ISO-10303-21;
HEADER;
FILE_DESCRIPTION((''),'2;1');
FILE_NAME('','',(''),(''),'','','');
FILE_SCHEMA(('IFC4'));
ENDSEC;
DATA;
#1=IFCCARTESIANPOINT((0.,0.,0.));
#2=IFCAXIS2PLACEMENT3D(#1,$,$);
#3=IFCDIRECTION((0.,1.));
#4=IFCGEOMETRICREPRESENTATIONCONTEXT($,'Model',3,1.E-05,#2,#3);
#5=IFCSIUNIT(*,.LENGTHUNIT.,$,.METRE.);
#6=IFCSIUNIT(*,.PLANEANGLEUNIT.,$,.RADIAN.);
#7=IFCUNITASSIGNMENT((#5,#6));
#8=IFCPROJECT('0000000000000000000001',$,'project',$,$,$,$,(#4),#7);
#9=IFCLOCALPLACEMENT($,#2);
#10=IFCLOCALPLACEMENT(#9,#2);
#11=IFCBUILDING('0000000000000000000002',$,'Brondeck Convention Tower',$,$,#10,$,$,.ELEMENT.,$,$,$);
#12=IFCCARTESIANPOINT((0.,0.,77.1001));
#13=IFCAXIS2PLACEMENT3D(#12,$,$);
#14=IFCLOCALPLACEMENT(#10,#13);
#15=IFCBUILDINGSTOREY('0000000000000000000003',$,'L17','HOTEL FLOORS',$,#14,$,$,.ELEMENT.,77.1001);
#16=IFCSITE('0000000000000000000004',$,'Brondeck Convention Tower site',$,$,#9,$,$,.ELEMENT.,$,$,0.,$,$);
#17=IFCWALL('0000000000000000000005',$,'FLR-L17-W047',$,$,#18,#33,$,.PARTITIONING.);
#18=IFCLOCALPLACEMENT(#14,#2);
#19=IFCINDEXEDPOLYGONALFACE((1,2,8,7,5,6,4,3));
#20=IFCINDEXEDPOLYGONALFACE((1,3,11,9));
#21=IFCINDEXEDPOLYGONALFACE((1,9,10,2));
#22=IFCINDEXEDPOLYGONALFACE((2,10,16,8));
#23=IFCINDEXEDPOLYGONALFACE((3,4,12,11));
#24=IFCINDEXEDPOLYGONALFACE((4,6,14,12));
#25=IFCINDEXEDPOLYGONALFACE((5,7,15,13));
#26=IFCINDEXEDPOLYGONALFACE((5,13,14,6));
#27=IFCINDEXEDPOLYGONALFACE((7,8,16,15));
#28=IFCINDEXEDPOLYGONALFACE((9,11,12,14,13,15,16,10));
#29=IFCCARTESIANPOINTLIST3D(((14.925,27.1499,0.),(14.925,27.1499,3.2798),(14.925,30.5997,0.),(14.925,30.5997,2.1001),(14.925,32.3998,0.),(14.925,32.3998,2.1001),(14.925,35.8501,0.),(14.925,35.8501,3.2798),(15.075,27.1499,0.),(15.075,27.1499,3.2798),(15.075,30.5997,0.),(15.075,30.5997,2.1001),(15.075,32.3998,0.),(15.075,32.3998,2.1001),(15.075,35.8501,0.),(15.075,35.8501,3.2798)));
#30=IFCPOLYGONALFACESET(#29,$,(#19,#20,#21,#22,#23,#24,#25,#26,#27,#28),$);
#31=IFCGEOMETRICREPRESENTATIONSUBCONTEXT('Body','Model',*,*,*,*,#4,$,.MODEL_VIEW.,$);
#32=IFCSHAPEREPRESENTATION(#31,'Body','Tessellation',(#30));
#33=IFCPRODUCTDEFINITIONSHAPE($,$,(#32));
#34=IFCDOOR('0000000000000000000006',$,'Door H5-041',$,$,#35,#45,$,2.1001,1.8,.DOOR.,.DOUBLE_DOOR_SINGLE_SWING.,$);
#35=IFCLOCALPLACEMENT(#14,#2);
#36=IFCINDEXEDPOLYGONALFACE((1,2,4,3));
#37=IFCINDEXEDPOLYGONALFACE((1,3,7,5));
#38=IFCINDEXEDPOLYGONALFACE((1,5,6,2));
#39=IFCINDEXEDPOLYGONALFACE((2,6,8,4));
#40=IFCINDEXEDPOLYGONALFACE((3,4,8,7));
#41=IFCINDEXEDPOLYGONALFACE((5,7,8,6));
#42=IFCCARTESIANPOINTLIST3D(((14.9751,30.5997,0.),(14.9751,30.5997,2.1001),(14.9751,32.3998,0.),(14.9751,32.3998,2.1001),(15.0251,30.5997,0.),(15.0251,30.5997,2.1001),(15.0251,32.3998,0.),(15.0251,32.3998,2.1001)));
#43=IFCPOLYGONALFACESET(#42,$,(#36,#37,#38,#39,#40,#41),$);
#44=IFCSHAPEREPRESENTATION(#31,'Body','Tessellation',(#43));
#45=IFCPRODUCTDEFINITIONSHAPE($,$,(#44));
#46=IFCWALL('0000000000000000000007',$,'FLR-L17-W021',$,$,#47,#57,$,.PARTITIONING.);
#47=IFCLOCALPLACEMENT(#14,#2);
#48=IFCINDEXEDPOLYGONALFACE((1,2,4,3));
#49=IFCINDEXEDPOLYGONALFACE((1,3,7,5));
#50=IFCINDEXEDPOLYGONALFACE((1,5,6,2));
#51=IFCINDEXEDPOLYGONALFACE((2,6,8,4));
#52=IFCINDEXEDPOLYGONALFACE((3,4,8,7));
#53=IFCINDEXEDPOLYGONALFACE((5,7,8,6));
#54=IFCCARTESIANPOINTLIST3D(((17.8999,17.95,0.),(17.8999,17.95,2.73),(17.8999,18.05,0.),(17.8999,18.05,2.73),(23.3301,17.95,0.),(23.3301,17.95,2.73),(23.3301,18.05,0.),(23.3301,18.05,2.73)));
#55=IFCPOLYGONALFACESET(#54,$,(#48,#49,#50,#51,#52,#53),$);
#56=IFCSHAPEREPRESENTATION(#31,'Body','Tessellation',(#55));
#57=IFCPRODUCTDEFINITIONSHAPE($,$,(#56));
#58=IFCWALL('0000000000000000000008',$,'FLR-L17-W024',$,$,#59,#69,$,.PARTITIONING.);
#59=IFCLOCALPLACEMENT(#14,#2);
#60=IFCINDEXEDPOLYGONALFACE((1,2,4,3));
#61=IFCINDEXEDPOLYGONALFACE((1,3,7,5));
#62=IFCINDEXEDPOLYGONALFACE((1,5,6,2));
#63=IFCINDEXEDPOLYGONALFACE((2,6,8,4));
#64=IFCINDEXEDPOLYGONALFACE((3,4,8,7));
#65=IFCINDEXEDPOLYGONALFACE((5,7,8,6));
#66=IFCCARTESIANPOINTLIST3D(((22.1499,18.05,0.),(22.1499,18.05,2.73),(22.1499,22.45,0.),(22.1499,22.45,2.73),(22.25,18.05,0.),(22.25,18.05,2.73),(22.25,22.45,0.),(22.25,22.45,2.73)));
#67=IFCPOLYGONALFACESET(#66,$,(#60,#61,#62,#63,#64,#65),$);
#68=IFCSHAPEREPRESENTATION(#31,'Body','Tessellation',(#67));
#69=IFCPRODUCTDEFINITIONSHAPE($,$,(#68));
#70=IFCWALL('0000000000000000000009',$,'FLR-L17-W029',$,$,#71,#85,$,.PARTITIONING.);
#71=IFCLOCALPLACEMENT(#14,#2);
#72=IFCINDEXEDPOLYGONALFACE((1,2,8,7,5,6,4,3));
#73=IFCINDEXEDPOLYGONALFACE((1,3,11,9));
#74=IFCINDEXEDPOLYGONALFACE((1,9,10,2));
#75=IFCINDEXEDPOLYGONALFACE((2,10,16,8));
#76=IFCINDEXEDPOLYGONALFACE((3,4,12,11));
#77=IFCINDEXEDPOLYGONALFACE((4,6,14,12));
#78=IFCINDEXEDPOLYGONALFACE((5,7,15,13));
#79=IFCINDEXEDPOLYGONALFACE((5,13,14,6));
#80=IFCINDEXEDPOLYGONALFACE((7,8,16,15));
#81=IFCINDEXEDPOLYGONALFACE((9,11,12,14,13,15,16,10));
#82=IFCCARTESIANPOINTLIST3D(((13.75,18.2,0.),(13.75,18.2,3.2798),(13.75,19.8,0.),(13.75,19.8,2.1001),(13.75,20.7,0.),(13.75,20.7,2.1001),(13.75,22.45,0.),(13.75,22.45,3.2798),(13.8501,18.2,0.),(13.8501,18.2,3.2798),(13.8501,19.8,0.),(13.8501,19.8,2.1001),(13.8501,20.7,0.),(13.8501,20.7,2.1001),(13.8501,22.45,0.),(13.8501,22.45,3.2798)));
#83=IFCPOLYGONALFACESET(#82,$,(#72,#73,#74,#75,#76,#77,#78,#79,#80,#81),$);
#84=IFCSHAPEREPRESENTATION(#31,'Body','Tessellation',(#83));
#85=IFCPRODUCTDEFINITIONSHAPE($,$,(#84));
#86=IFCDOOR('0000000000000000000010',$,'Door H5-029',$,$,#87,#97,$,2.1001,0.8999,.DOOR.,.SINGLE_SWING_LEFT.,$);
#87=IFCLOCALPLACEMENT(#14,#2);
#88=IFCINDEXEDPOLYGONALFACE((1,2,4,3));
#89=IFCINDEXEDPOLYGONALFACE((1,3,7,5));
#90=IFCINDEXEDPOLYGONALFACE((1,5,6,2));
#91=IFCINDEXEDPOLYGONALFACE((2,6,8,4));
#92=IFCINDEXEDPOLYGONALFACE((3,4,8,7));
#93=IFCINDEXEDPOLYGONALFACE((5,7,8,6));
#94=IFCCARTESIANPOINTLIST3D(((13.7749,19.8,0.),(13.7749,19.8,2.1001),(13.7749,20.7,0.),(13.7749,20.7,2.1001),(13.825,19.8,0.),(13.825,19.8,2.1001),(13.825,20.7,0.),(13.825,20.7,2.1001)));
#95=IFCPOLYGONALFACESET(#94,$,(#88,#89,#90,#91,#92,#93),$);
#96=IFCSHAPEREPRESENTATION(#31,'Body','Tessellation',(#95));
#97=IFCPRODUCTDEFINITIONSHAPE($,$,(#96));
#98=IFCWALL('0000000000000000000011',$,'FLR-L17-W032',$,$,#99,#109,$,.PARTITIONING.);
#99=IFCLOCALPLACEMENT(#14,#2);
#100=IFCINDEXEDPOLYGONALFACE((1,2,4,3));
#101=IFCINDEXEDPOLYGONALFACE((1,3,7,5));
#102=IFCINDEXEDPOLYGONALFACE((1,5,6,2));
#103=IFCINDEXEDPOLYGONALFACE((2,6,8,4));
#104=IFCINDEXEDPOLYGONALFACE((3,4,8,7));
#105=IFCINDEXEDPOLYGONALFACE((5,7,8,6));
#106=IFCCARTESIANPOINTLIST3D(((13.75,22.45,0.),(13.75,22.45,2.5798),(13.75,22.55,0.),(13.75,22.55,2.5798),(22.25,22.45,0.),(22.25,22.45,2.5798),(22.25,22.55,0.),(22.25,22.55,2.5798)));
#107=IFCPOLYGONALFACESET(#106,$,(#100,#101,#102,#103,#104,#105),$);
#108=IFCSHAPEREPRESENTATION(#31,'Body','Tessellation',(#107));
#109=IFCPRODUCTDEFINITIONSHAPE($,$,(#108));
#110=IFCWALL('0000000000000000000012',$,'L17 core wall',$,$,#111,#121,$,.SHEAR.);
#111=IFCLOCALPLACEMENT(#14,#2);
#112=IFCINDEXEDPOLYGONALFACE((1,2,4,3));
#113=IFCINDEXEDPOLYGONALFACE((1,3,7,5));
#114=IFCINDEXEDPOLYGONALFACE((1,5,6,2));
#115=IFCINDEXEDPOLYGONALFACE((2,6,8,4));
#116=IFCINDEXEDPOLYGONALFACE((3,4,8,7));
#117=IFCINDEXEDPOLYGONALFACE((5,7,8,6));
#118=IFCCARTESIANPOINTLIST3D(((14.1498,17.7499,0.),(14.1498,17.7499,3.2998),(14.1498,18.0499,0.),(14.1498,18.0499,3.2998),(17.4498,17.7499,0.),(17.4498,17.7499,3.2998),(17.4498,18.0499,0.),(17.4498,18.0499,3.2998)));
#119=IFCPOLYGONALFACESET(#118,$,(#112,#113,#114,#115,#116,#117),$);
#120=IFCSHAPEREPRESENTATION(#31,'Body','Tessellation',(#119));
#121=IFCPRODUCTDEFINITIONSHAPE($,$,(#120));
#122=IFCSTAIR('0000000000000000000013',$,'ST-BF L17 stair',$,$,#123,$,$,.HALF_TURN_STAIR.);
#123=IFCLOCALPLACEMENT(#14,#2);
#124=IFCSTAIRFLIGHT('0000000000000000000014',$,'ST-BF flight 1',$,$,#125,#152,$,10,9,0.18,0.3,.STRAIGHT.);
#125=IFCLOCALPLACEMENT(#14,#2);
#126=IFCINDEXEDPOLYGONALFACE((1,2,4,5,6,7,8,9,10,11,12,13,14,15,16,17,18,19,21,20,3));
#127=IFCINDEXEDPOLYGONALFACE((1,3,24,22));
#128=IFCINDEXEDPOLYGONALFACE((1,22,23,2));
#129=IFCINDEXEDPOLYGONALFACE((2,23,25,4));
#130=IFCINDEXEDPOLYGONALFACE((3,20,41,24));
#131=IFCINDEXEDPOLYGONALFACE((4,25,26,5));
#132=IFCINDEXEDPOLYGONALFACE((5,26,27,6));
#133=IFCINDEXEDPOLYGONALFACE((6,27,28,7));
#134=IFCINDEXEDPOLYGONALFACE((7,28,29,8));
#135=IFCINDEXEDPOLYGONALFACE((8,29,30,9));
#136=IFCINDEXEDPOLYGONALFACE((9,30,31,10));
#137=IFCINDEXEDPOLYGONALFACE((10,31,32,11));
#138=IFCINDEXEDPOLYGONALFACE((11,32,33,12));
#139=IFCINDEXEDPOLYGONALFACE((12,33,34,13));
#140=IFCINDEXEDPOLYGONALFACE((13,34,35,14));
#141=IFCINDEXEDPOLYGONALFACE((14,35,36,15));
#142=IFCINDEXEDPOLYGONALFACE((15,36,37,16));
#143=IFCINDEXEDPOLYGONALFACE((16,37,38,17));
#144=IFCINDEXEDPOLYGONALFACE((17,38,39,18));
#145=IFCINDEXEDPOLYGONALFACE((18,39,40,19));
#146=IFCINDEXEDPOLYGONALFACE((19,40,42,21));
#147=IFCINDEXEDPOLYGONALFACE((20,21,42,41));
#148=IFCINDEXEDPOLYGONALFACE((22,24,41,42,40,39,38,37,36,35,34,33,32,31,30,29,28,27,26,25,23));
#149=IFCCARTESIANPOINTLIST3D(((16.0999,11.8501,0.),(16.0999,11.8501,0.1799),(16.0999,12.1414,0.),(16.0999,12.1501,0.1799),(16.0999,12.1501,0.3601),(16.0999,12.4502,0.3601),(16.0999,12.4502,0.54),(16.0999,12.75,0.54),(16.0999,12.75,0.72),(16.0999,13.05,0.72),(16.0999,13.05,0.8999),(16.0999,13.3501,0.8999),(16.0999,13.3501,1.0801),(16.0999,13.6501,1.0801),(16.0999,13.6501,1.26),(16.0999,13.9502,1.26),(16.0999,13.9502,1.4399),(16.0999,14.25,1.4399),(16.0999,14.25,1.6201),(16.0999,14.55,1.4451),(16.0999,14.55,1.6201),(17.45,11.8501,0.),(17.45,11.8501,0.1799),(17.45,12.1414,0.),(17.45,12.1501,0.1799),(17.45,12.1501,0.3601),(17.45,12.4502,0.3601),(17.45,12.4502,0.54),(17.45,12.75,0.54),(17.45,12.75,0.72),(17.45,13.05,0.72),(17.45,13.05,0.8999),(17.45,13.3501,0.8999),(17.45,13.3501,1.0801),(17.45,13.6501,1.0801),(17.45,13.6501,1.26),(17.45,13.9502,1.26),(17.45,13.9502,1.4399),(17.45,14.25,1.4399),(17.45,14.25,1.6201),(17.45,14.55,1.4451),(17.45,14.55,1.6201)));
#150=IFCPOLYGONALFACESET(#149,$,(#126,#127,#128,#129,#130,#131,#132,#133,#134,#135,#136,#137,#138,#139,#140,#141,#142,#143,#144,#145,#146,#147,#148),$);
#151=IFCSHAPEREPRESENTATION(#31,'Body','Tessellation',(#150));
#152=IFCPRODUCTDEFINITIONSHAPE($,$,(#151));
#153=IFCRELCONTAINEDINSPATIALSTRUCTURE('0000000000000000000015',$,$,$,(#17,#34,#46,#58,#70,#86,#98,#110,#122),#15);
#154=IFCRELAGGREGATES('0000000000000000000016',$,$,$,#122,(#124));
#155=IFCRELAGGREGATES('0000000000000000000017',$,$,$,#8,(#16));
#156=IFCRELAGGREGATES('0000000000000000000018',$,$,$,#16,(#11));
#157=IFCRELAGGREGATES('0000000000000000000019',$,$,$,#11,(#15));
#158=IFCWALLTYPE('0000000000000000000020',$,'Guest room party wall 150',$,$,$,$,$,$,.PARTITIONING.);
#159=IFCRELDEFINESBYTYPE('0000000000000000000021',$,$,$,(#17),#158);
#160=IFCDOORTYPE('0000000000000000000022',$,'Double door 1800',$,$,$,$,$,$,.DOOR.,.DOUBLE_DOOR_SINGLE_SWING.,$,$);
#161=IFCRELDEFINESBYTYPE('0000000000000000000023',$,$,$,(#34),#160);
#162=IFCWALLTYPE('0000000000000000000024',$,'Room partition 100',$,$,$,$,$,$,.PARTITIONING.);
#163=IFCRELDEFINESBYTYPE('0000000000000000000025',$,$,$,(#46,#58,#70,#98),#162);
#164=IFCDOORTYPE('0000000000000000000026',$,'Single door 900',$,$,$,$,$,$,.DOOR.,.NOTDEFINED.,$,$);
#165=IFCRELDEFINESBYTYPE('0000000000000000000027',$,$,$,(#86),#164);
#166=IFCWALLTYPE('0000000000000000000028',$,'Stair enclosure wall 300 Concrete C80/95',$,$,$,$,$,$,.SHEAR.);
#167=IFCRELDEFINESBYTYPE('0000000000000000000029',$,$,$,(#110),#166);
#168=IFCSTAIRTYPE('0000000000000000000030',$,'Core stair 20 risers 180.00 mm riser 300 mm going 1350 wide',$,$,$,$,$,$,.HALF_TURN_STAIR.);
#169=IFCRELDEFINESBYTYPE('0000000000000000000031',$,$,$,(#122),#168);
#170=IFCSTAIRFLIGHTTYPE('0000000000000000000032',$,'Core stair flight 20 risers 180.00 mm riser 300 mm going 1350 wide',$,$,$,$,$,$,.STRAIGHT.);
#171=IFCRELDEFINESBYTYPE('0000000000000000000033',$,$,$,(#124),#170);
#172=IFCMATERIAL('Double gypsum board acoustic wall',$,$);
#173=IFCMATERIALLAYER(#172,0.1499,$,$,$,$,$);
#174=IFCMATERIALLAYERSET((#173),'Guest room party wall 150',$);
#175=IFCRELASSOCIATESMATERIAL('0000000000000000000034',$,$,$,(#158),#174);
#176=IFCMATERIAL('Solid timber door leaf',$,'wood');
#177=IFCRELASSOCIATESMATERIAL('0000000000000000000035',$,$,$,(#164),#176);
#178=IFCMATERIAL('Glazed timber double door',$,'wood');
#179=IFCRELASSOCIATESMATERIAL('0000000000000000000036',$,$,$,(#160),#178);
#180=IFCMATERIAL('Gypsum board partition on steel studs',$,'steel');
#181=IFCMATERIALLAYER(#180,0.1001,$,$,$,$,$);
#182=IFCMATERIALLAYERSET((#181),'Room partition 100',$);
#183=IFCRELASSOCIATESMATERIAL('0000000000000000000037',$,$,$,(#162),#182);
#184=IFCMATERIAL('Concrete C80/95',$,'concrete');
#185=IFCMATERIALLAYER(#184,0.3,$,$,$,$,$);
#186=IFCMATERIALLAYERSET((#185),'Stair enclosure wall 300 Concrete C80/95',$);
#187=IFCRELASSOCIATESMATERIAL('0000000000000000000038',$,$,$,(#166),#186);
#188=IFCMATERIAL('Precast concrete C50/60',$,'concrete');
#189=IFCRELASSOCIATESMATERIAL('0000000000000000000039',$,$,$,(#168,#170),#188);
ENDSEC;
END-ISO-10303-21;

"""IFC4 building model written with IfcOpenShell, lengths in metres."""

from ifc_helpers import new_model, si_unit, direction, frame, frame_2d, origin, place, context, subcontext, project, spatial, polyline, rectangle, outline, extrude, material, layer, layer_set, type_object, element, fill, aggregate, save


model = new_model("IFC4")

# Units and contexts
model_context = context("Model", 3, precision=1e-05, world=origin(), true_north=direction((0.0, 1.0)))
body_context = subcontext(model_context, "Body", "Model", "MODEL_VIEW")
ifc_project = project(units=[si_unit("LENGTHUNIT", "METRE"), si_unit("PLANEANGLEUNIT", "RADIAN")], contexts=[model_context])

# Site, building, storey
site_placement = place(None, origin())
site = spatial("IfcSite", under=ifc_project, at=site_placement, Name="Brondeck Convention Tower site", CompositionType="ELEMENT", RefElevation=0.0)
building_placement = place(site_placement, origin())
building = spatial("IfcBuilding", under=site, at=building_placement, Name="Brondeck Convention Tower", CompositionType="ELEMENT")
storey_placement = place(building_placement, frame((0.0, 0.0, 77.1001)))
storey = spatial("IfcBuildingStorey", under=building, at=storey_placement, Name="L17", Description="HOTEL FLOORS", CompositionType="ELEMENT", Elevation=77.1001)

# Shared definitions
ifc_material_1 = material(Name="Concrete C80/95", Category="concrete")

# Shared definitions
ifc_material_2 = material(Name="Double gypsum board acoustic wall")
ifc_layer_1 = layer(ifc_material_2, 0.1499)
ifc_layer_set_1 = layer_set([ifc_layer_1], Name="Guest room party wall 150")
wall_type_1 = type_object("IfcWallType", Name="Guest room party wall 150", PredefinedType="PARTITIONING", material=ifc_layer_set_1)
ifc_material_3 = material(Name="Solid timber door leaf", Category="wood")
door_type_1 = type_object("IfcDoorType", Name="Single door 900", OperationType="NOTDEFINED", PredefinedType="DOOR", material=ifc_material_3)

# Wall, opening, door
wall_1_placement = place(storey_placement, frame((15.0, 27.1499, 0.0), z_axis=(0.0, 0.0, 1.0), x_axis=(0.0, 1.0, 0.0)))
wall_1 = element("IfcWall", 1, at=wall_1_placement, inside=storey, type_object=wall_type_1, Name="FLR-L17-W047", PredefinedType="PARTITIONING", context=body_context, shape_type="SweptSolid", body=[
    extrude(rectangle(XDim=8.7002, YDim=0.1499, at=frame_2d((4.3501, 0.0))), origin(), (0.0, 0.0, 1.0), 3.2798),
])
opening_1_placement = place(wall_1_placement, frame((3.45, 0.0, 0.0)))
opening_1 = element("IfcOpeningElement", 2, at=opening_1_placement, cuts=wall_1, PredefinedType="OPENING", context=body_context, shape_type="SweptSolid", body=[
    extrude(rectangle(XDim=1.8, YDim=2.1001, at=frame_2d((0.8999, 1.05))), frame((0.0, 0.085, 0.0), z_axis=(0.0, -1.0, 0.0), x_axis=(1.0, 0.0, 0.0)), (0.0, 0.0, 1.0), 0.1699),
])
ifc_material_4 = material(Name="Glazed timber double door", Category="wood")
door_type_2 = type_object("IfcDoorType", Name="Double door 1800", OperationType="DOUBLE_DOOR_SINGLE_SWING", PredefinedType="DOOR", material=ifc_material_4)
door_1_placement = place(opening_1_placement, origin())
door_1 = element("IfcDoor", 3, at=door_1_placement, inside=storey, type_object=door_type_2, Name="Door H5-041", OperationType="DOUBLE_DOOR_SINGLE_SWING", OverallHeight=2.1001, OverallWidth=1.8, PredefinedType="DOOR", context=body_context, shape_type="SweptSolid", body=[
    extrude(rectangle(XDim=1.8, YDim=2.1001, at=frame_2d((0.8999, 1.05))), frame((0.0, 0.0249, 0.0), z_axis=(0.0, -1.0, 0.0), x_axis=(1.0, 0.0, 0.0)), (0.0, 0.0, 1.0), 0.05),
])
fill(opening_1, door_1)

# Walls
ifc_material_5 = material(Name="Gypsum board partition on steel studs", Category="steel")
ifc_layer_2 = layer(ifc_material_5, 0.1001)
ifc_layer_set_2 = layer_set([ifc_layer_2], Name="Room partition 100")
wall_type_2 = type_object("IfcWallType", Name="Room partition 100", PredefinedType="PARTITIONING", material=ifc_layer_set_2)
wall_2_placement = place(storey_placement, frame((23.3301, 18.0, 0.0), z_axis=(0.0, 0.0, 1.0), x_axis=(-1.0, 0.0, 0.0)))
element("IfcWall", 4, at=wall_2_placement, inside=storey, type_object=wall_type_2, Name="FLR-L17-W021", PredefinedType="PARTITIONING", context=body_context, shape_type="SweptSolid", body=[
    extrude(rectangle(XDim=5.4302, YDim=0.1001, at=frame_2d((2.7151, 0.0))), origin(), (0.0, 0.0, 1.0), 2.73),
])
wall_3_placement = place(storey_placement, frame((22.2, 18.05, 0.0), z_axis=(0.0, 0.0, 1.0), x_axis=(0.0, 1.0, 0.0)))
element("IfcWall", 5, at=wall_3_placement, inside=storey, type_object=wall_type_2, Name="FLR-L17-W024", PredefinedType="PARTITIONING", context=body_context, shape_type="SweptSolid", body=[
    extrude(rectangle(XDim=4.3999, YDim=0.1001, at=frame_2d((2.2, 0.0))), origin(), (0.0, 0.0, 1.0), 2.73),
])

# Wall, opening, door
wall_4_placement = place(storey_placement, frame((13.8, 22.45, 0.0), z_axis=(0.0, 0.0, 1.0), x_axis=(0.0, -1.0, 0.0)))
wall_4 = element("IfcWall", 6, at=wall_4_placement, inside=storey, type_object=wall_type_2, Name="FLR-L17-W029", PredefinedType="PARTITIONING", context=body_context, shape_type="SweptSolid", body=[
    extrude(rectangle(XDim=4.25, YDim=0.1001, at=frame_2d((2.125, 0.0))), origin(), (0.0, 0.0, 1.0), 3.2798),
])
opening_2_placement = place(wall_4_placement, frame((1.75, 0.0, 0.0)))
opening_2 = element("IfcOpeningElement", 7, at=opening_2_placement, cuts=wall_4, PredefinedType="OPENING", context=body_context, shape_type="SweptSolid", body=[
    extrude(rectangle(XDim=0.8999, YDim=2.1001, at=frame_2d((0.45, 1.05))), frame((0.0, 0.0601, 0.0), z_axis=(0.0, -1.0, 0.0), x_axis=(1.0, 0.0, 0.0)), (0.0, 0.0, 1.0), 0.1201),
])
door_2_placement = place(opening_2_placement, origin())
door_2 = element("IfcDoor", 8, at=door_2_placement, inside=storey, type_object=door_type_1, Name="Door H5-029", OperationType="SINGLE_SWING_LEFT", OverallHeight=2.1001, OverallWidth=0.8999, PredefinedType="DOOR", context=body_context, shape_type="SweptSolid", body=[
    extrude(rectangle(XDim=0.8999, YDim=2.1001, at=frame_2d((0.45, 1.05))), frame((0.0, 0.0249, 0.0), z_axis=(0.0, -1.0, 0.0), x_axis=(1.0, 0.0, 0.0)), (0.0, 0.0, 1.0), 0.05),
])
fill(opening_2, door_2)

# Walls
wall_5_placement = place(storey_placement, frame((22.25, 22.5, 0.0), z_axis=(0.0, 0.0, 1.0), x_axis=(-1.0, 0.0, 0.0)))
element("IfcWall", 9, at=wall_5_placement, inside=storey, type_object=wall_type_2, Name="FLR-L17-W032", PredefinedType="PARTITIONING", context=body_context, shape_type="SweptSolid", body=[
    extrude(rectangle(XDim=8.5, YDim=0.1001, at=frame_2d((4.25, 0.0))), origin(), (0.0, 0.0, 1.0), 2.5798),
])
ifc_layer_3 = layer(ifc_material_1, 0.3)
ifc_layer_set_3 = layer_set([ifc_layer_3], Name="Stair enclosure wall 300 Concrete C80/95")
wall_type_3 = type_object("IfcWallType", Name="Stair enclosure wall 300 Concrete C80/95", PredefinedType="SHEAR", material=ifc_layer_set_3)
wall_6_placement = place(storey_placement, frame((14.1499, 17.8999, 0.0), z_axis=(0.0, 0.0, 1.0), x_axis=(1.0, 0.0, 0.0)))
element("IfcWall", 10, at=wall_6_placement, inside=storey, type_object=wall_type_3, Name="L17 core wall", PredefinedType="SHEAR", context=body_context, shape_type="SweptSolid", body=[
    extrude(rectangle(XDim=3.3, YDim=0.3, at=frame_2d((1.6499, 0.0))), origin(), (0.0, 0.0, 1.0), 3.2998),
])

# Stair, stair flight
ifc_material_6 = material(Name="Precast concrete C50/60", Category="concrete")
stair_type = type_object("IfcStairType", Name="Core stair 20 risers 180.00 mm riser 300 mm going 1350 wide", PredefinedType="HALF_TURN_STAIR", material=ifc_material_6)
stair_placement = place(storey_placement, origin())
stair = element("IfcStair", 11, at=stair_placement, inside=storey, type_object=stair_type, Name="ST-BF L17 stair", PredefinedType="HALF_TURN_STAIR")
stair_flight_type = type_object("IfcStairFlightType", Name="Core stair flight 20 risers 180.00 mm riser 300 mm going 1350 wide", PredefinedType="STRAIGHT", material=ifc_material_6)
stair_flight_1_placement = place(storey_placement, frame((16.7749, 11.8501, 0.0), z_axis=(0.0, 0.0, 1.0), x_axis=(0.0, 1.0, 0.0)))
stair_flight_1 = element("IfcStairFlight", 12, at=stair_flight_1_placement, type_object=stair_flight_type, Name="ST-BF flight 1", NumberOfRisers=10, NumberOfTreads=9, PredefinedType="STRAIGHT", RiserHeight=0.18, TreadLength=0.3, context=body_context, shape_type="SweptSolid", body=[
    extrude(outline(polyline([(0.0, 0.0), (0.0, 0.1799), (0.3, 0.1799), (0.3, 0.3601), (0.6001, 0.3601), (0.6001, 0.54), (0.8999, 0.54), (0.8999, 0.72), (1.2, 0.72), (1.2, 0.8999), (1.5, 0.8999), (1.5, 1.0801), (1.8, 1.0801), (1.8, 1.26), (2.1001, 1.26), (2.1001, 1.4399), (2.3999, 1.4399), (2.3999, 1.6201), (2.7, 1.6201), (2.7, 1.8), (2.7, 1.4451), (0.2913, 0.0), (0.0, 0.0)])), frame((0.0, 0.675, 0.0), z_axis=(0.0, -1.0, 0.0), x_axis=(1.0, 0.0, 0.0)), (0.0, 0.0, 1.0), 1.3501),
])
aggregate(stair, [stair_flight_1])

save(model, "model.ifc")
